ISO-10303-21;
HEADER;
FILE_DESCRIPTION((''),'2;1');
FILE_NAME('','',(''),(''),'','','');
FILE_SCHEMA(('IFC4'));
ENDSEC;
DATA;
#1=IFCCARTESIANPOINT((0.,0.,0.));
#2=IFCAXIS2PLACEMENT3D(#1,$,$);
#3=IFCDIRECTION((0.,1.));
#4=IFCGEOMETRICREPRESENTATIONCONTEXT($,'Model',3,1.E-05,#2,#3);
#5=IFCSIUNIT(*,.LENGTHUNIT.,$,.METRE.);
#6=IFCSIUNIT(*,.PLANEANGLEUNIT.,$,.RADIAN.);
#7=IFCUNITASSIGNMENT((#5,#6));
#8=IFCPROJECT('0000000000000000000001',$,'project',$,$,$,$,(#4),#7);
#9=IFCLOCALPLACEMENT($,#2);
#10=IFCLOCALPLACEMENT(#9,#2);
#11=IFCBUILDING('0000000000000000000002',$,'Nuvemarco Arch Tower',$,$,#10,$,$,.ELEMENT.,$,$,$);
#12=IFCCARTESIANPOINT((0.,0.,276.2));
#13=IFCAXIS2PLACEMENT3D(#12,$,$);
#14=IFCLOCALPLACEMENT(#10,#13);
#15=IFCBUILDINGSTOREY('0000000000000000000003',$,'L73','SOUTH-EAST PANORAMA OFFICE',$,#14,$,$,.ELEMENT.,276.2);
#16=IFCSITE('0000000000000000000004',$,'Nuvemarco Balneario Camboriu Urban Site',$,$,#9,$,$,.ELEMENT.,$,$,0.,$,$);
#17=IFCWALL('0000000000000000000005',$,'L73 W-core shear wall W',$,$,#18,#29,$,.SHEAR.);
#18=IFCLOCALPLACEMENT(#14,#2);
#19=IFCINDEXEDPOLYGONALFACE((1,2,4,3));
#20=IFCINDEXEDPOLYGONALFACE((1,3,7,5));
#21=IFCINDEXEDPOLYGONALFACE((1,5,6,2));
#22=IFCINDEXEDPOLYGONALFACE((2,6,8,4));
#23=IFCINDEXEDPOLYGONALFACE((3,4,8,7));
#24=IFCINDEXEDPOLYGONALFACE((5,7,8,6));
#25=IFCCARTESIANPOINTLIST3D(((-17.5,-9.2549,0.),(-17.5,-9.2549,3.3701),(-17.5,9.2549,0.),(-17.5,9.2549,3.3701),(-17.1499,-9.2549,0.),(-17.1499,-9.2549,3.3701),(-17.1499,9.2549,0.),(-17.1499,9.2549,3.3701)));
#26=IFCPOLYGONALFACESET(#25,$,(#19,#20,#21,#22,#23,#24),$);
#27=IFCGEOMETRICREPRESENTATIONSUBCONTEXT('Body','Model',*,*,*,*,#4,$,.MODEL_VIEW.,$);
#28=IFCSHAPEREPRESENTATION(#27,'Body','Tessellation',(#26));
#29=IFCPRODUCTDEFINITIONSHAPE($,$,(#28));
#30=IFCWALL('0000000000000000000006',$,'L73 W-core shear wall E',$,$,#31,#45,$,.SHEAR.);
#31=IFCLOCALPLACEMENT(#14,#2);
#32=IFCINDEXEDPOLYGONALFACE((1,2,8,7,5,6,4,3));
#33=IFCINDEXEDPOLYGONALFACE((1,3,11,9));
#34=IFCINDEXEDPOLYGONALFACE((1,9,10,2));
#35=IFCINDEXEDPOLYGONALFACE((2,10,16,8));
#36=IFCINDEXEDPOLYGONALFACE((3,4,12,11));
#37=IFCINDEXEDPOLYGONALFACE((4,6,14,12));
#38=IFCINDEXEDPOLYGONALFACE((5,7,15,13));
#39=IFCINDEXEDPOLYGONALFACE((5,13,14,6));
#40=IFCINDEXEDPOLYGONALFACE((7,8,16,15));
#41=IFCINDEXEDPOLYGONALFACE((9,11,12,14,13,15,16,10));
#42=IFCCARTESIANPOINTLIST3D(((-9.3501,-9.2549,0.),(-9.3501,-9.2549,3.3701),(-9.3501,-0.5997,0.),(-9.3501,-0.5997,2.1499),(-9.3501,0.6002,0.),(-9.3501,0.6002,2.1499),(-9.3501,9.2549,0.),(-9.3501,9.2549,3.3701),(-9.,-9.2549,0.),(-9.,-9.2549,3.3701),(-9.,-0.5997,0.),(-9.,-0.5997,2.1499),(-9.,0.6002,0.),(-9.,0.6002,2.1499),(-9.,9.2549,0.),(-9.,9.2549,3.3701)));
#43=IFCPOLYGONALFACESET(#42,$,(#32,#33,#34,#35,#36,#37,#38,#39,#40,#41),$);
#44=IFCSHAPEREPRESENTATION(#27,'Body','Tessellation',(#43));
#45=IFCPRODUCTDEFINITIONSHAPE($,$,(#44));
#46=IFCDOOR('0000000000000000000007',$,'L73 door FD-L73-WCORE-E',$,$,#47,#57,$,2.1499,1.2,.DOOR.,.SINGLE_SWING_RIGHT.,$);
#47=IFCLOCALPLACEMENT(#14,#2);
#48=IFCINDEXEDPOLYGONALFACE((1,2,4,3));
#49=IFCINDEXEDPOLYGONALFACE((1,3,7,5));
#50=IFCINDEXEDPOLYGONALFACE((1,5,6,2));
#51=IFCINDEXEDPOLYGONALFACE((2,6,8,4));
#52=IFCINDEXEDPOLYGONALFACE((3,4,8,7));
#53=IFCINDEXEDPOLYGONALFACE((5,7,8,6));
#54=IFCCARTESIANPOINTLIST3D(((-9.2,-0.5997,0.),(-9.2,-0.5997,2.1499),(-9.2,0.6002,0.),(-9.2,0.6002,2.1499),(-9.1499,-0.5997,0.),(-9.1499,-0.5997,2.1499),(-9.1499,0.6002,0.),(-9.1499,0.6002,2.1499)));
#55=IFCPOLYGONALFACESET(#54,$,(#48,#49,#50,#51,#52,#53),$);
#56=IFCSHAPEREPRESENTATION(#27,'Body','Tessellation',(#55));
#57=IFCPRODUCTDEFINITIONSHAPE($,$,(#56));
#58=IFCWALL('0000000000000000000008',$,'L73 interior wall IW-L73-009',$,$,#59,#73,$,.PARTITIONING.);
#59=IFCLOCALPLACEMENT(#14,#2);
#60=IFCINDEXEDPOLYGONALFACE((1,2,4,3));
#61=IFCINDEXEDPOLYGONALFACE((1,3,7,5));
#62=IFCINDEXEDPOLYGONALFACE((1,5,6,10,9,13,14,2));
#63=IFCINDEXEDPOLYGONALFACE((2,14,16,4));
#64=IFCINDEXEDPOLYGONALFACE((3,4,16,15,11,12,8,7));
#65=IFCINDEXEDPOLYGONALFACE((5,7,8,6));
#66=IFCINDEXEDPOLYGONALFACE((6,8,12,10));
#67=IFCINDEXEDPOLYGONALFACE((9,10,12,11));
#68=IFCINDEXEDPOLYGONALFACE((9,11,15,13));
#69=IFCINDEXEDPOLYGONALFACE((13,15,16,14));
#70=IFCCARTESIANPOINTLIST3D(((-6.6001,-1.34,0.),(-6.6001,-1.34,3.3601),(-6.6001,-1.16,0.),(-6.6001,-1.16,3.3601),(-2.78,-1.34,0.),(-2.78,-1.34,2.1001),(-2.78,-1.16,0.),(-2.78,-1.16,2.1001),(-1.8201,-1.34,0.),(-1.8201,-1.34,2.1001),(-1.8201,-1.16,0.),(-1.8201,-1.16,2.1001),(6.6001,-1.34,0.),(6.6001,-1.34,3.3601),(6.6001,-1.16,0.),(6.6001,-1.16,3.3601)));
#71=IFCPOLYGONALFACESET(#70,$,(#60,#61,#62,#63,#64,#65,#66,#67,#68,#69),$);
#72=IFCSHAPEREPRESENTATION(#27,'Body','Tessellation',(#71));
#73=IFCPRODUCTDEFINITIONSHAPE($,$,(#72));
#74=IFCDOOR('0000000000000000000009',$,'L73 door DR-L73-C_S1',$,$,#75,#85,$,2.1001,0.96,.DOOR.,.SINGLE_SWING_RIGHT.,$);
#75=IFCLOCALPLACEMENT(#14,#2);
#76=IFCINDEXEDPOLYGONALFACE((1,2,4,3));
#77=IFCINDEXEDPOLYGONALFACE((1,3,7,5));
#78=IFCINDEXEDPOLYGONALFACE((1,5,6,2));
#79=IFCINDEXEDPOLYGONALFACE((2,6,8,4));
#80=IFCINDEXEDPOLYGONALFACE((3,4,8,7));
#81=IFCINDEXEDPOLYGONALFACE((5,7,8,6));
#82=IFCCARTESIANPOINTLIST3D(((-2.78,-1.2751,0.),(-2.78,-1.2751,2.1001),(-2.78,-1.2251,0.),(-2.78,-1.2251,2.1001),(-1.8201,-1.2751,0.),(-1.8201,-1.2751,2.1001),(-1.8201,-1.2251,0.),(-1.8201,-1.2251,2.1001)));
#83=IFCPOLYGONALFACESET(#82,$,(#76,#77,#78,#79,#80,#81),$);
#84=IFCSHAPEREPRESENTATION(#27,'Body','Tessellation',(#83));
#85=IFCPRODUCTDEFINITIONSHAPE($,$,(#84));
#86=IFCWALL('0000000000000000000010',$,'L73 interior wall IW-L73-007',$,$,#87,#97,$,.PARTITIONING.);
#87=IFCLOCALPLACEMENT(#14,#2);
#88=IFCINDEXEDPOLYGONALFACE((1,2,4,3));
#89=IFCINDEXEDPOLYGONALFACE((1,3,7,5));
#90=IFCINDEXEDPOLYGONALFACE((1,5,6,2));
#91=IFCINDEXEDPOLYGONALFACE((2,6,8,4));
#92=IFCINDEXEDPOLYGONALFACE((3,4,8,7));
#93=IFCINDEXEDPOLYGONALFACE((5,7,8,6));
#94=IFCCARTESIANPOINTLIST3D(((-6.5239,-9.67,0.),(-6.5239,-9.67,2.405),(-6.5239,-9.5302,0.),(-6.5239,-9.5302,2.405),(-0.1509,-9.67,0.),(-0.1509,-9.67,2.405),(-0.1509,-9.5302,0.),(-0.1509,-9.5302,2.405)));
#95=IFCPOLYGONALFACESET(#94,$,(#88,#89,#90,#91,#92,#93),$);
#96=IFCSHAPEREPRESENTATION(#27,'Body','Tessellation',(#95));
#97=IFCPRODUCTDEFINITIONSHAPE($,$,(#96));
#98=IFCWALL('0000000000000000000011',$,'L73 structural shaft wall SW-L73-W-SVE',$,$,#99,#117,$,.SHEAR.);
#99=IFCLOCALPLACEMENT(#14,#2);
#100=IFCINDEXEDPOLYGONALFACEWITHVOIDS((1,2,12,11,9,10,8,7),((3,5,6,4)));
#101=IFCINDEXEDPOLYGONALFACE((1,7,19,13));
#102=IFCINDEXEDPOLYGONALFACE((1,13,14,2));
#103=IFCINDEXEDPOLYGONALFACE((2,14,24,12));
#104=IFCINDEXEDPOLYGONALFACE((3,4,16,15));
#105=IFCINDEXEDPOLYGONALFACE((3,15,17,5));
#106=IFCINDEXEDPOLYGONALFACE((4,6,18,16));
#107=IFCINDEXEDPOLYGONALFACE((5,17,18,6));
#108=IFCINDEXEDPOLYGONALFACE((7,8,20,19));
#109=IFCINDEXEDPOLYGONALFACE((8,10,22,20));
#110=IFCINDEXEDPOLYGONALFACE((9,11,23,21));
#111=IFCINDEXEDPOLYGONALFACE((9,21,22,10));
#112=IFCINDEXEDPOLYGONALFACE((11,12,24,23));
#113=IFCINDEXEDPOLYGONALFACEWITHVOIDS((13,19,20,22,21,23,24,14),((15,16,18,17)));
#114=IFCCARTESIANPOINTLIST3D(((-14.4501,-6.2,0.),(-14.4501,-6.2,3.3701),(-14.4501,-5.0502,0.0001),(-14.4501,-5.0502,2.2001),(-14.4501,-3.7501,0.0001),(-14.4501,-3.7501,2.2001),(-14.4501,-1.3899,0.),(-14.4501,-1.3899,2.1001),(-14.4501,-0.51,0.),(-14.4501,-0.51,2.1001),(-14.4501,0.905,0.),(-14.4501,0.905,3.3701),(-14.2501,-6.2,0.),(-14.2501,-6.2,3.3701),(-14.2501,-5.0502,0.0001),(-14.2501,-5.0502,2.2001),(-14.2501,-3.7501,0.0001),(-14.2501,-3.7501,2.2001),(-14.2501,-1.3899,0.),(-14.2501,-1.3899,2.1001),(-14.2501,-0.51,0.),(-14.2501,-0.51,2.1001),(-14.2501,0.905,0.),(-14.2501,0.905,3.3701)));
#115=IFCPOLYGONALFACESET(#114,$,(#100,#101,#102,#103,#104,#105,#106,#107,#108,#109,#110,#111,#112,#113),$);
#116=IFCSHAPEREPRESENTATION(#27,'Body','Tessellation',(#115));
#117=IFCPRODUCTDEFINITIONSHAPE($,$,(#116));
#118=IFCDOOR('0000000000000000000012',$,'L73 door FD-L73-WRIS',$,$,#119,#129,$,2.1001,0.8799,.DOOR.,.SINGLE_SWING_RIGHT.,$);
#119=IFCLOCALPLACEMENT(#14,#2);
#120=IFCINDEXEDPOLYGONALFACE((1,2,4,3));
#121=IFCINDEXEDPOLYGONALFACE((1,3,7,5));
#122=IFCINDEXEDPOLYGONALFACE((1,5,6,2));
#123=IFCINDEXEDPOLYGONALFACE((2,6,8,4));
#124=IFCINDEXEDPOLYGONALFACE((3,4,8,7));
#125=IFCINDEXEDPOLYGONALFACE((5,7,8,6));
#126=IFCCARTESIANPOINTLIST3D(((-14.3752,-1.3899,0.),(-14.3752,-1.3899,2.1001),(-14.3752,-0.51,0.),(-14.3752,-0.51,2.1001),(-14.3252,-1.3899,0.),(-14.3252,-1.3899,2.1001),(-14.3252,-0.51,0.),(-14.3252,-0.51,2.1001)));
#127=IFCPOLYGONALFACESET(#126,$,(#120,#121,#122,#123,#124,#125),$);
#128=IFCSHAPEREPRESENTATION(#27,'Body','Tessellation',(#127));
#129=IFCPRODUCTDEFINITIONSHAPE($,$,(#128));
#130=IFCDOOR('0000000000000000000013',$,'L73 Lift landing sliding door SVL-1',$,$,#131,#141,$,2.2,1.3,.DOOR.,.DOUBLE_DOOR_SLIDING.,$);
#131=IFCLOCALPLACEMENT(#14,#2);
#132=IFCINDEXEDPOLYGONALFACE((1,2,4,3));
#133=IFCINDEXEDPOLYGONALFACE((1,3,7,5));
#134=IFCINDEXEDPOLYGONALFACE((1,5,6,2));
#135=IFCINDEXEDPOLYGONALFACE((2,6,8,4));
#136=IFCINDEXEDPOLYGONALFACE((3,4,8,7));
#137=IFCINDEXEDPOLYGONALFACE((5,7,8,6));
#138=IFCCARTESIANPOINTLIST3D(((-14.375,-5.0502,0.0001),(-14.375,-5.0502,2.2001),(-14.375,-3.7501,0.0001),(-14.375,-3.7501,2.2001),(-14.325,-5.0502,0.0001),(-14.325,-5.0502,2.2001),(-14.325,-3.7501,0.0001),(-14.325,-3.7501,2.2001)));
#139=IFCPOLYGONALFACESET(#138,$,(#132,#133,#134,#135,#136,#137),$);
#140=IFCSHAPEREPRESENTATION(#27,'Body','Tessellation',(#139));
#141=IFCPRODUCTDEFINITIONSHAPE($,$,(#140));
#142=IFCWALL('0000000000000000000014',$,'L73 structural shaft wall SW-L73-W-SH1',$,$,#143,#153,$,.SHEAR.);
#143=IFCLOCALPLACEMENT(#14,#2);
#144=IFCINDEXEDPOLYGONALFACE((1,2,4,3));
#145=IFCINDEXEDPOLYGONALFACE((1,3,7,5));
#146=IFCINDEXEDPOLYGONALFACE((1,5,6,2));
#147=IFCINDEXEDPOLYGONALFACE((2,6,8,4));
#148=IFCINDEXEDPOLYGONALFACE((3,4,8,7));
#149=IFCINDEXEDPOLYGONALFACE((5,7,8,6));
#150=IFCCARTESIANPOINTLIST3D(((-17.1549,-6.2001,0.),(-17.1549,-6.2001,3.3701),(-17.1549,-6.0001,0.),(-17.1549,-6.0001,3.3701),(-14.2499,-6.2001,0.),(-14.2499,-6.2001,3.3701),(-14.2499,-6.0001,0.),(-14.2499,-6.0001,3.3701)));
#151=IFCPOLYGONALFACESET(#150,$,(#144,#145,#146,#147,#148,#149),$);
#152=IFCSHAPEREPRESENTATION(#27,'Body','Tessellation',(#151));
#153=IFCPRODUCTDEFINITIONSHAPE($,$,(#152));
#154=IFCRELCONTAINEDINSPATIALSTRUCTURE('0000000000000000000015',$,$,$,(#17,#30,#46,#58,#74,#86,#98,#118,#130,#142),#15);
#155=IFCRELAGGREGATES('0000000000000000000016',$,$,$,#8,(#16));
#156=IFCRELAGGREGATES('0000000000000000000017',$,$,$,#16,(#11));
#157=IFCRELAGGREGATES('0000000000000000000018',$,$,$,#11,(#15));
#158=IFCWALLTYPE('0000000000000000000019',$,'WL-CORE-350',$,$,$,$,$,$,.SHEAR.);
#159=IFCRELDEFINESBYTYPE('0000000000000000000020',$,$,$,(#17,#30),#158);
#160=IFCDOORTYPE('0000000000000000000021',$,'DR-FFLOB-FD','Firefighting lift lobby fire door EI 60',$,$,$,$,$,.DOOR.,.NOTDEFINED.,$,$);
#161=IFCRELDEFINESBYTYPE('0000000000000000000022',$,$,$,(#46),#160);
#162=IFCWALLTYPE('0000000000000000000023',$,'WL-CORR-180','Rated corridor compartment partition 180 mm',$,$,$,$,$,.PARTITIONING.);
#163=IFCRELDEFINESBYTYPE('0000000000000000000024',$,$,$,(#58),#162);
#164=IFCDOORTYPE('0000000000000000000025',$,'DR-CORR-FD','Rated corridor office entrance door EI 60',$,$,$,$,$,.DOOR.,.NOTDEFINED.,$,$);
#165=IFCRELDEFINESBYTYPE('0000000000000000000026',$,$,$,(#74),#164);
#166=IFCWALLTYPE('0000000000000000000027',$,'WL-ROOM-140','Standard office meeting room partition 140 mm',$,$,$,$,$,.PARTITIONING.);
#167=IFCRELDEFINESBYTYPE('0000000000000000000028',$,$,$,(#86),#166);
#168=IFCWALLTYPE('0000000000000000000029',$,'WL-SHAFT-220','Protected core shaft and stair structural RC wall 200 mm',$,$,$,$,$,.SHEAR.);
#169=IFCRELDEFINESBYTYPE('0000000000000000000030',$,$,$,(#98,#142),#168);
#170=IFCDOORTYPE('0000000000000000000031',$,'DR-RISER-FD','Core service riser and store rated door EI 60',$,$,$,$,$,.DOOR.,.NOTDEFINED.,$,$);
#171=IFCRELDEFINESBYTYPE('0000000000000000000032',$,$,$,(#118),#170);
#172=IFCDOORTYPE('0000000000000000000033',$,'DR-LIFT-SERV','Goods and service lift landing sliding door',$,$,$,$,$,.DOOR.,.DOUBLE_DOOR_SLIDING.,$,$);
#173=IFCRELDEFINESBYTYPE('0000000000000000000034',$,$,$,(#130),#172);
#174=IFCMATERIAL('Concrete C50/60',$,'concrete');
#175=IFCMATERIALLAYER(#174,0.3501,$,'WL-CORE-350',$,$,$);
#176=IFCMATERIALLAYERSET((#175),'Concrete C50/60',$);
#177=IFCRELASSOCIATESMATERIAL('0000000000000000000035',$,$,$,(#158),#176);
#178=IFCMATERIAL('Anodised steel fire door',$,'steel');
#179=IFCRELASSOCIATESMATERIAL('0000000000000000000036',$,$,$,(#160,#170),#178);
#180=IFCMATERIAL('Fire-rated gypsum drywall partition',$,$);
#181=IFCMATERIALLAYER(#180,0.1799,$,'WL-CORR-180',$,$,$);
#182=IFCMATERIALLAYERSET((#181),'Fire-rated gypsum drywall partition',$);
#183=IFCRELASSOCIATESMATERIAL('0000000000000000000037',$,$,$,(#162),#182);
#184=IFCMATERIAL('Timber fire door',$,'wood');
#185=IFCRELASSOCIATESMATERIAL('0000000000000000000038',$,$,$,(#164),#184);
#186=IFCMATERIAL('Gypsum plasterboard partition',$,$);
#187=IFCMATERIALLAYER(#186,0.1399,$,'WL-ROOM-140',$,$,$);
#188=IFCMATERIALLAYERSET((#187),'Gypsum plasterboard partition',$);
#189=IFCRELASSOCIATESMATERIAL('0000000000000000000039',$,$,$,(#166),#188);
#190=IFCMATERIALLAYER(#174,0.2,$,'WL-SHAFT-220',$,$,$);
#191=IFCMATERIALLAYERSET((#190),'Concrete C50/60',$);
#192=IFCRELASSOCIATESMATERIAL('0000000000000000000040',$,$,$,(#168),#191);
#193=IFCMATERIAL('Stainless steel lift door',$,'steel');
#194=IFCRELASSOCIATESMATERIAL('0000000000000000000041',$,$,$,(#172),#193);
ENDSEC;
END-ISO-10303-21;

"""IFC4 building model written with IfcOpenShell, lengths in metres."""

from ifc_helpers import new_model, si_unit, direction, frame, frame_2d, origin, place, context, subcontext, project, spatial, rectangle, extrude, source, transform, mapped, material, layer, layer_set, type_object, type_shapes, element, fill, save


model = new_model("IFC4")

# Units and contexts
model_context = context("Model", 3, precision=1e-05, world=origin(), true_north=direction((0.0, 1.0)))
body_context = subcontext(model_context, "Body", "Model", "MODEL_VIEW")
ifc_project = project(units=[si_unit("LENGTHUNIT", "METRE"), si_unit("PLANEANGLEUNIT", "RADIAN")], contexts=[model_context])

# Site, building, storey
site_placement = place(None, origin())
site = spatial("IfcSite", under=ifc_project, at=site_placement, Name="Nuvemarco Balneario Camboriu Urban Site", CompositionType="ELEMENT", RefElevation=0.0)
building_placement = place(site_placement, origin())
building = spatial("IfcBuilding", under=site, at=building_placement, Name="Nuvemarco Arch Tower", CompositionType="ELEMENT")
storey_placement = place(building_placement, frame((0.0, 0.0, 276.2)))
storey = spatial("IfcBuildingStorey", under=building, at=storey_placement, Name="L73", Description="SOUTH-EAST PANORAMA OFFICE", CompositionType="ELEMENT", Elevation=276.2)

# Shared definitions
ifc_material_1 = material(Name="Concrete C50/60", Category="concrete")

# Wall
ifc_layer_1 = layer(ifc_material_1, 0.3501, Name="WL-CORE-350")
ifc_layer_set_1 = layer_set([ifc_layer_1], Name="Concrete C50/60")
wall_type_1 = type_object("IfcWallType", Name="WL-CORE-350", PredefinedType="SHEAR", material=ifc_layer_set_1)
wall_1_placement = place(storey_placement, frame((-17.325, -9.2549, 0.0), z_axis=(0.0, 0.0, 1.0), x_axis=(0.0, 1.0, 0.0)))
element("IfcWall", 1, at=wall_1_placement, inside=storey, type_object=wall_type_1, Name="L73 W-core shear wall W", PredefinedType="SHEAR", context=body_context, shape_type="SweptSolid", body=[
    extrude(rectangle(XDim=18.5098, YDim=0.3501, at=frame_2d((9.2549, 0.0))), origin(), (0.0, 0.0, 1.0), 3.3701),
])

# Walls, openings, doors
wall_2_placement = place(storey_placement, frame((-9.175, -9.2549, 0.0), z_axis=(0.0, 0.0, 1.0), x_axis=(0.0, 1.0, 0.0)))
wall_2 = element("IfcWall", 2, at=wall_2_placement, inside=storey, type_object=wall_type_1, Name="L73 W-core shear wall E", PredefinedType="SHEAR", context=body_context, shape_type="SweptSolid", body=[
    extrude(rectangle(XDim=18.5098, YDim=0.3501, at=frame_2d((9.2549, 0.0))), origin(), (0.0, 0.0, 1.0), 3.3701),
])
opening_1_placement = place(wall_2_placement, frame((8.655, 0.0, 0.0)))
opening_1 = element("IfcOpeningElement", 3, at=opening_1_placement, cuts=wall_2, PredefinedType="OPENING", context=body_context, shape_type="SweptSolid", body=[
    extrude(rectangle(XDim=1.2, YDim=2.1499, at=frame_2d((0.6001, 1.075))), frame((0.0, 0.1851, 0.0), z_axis=(0.0, -1.0, 0.0), x_axis=(1.0, 0.0, 0.0)), (0.0, 0.0, 1.0), 0.3701),
])
ifc_material_2 = material(Name="Anodised steel fire door", Category="steel")
door_type_1 = type_object("IfcDoorType", Name="DR-FFLOB-FD", Description="Firefighting lift lobby fire door EI 60", OperationType="NOTDEFINED", PredefinedType="DOOR", material=ifc_material_2)
shared_shape_1 = source(origin(), body_context, "Body", "SweptSolid", [
    extrude(rectangle(XDim=1.2, YDim=2.1499, at=frame_2d((0.6001, 1.075))), frame((0.0, 0.0249, 0.0), z_axis=(0.0, -1.0, 0.0), x_axis=(1.0, 0.0, 0.0)), (0.0, 0.0, 1.0), 0.05),
])
type_shapes(door_type_1, [shared_shape_1])
door_1_placement = place(opening_1_placement, origin())
door_1 = element("IfcDoor", 4, at=door_1_placement, inside=storey, type_object=door_type_1, Name="L73 door FD-L73-WCORE-E", OperationType="SINGLE_SWING_RIGHT", OverallHeight=2.1499, OverallWidth=1.2, PredefinedType="DOOR", context=body_context, shape_type="MappedRepresentation", body=[
    mapped(shared_shape_1, transform((0.0, 0.0, 0.0), scale=1.0)),
])
fill(opening_1, door_1)
ifc_material_3 = material(Name="Fire-rated gypsum drywall partition")
ifc_layer_2 = layer(ifc_material_3, 0.1799, Name="WL-CORR-180")
ifc_layer_set_2 = layer_set([ifc_layer_2], Name="Fire-rated gypsum drywall partition")
wall_type_2 = type_object("IfcWallType", Name="WL-CORR-180", Description="Rated corridor compartment partition 180 mm", PredefinedType="PARTITIONING", material=ifc_layer_set_2)
wall_3_placement = place(storey_placement, frame((-6.6001, -1.25, 0.0), z_axis=(0.0, 0.0, 1.0), x_axis=(1.0, 0.0, 0.0)))
wall_3 = element("IfcWall", 5, at=wall_3_placement, inside=storey, type_object=wall_type_2, Name="L73 interior wall IW-L73-009", PredefinedType="PARTITIONING", context=body_context, shape_type="SweptSolid", body=[
    extrude(rectangle(XDim=13.2002, YDim=0.1799, at=frame_2d((6.6001, 0.0))), origin(), (0.0, 0.0, 1.0), 3.3601),
])
opening_2_placement = place(wall_3_placement, frame((3.8201, 0.0, 0.0)))
opening_2 = element("IfcOpeningElement", 6, at=opening_2_placement, cuts=wall_3, PredefinedType="OPENING", context=body_context, shape_type="SweptSolid", body=[
    extrude(rectangle(XDim=0.96, YDim=2.1001, at=frame_2d((0.48, 1.05))), frame((0.0, 0.0999, 0.0), z_axis=(0.0, -1.0, 0.0), x_axis=(1.0, 0.0, 0.0)), (0.0, 0.0, 1.0), 0.2),
])
ifc_material_4 = material(Name="Timber fire door", Category="wood")
door_type_2 = type_object("IfcDoorType", Name="DR-CORR-FD", Description="Rated corridor office entrance door EI 60", OperationType="NOTDEFINED", PredefinedType="DOOR", material=ifc_material_4)
shared_shape_2 = source(origin(), body_context, "Body", "SweptSolid", [
    extrude(rectangle(XDim=0.96, YDim=2.1001, at=frame_2d((0.48, 1.05))), frame((0.0, 0.0249, 0.0), z_axis=(0.0, -1.0, 0.0), x_axis=(1.0, 0.0, 0.0)), (0.0, 0.0, 1.0), 0.05),
])
type_shapes(door_type_2, [shared_shape_2])
door_2_placement = place(opening_2_placement, origin())
door_2 = element("IfcDoor", 7, at=door_2_placement, inside=storey, type_object=door_type_2, Name="L73 door DR-L73-C_S1", OperationType="SINGLE_SWING_RIGHT", OverallHeight=2.1001, OverallWidth=0.96, PredefinedType="DOOR", context=body_context, shape_type="MappedRepresentation", body=[
    mapped(shared_shape_2, transform((0.0, 0.0, 0.0), scale=1.0)),
])
fill(opening_2, door_2)

# Wall
ifc_material_5 = material(Name="Gypsum plasterboard partition")
ifc_layer_3 = layer(ifc_material_5, 0.1399, Name="WL-ROOM-140")
ifc_layer_set_3 = layer_set([ifc_layer_3], Name="Gypsum plasterboard partition")
wall_type_3 = type_object("IfcWallType", Name="WL-ROOM-140", Description="Standard office meeting room partition 140 mm", PredefinedType="PARTITIONING", material=ifc_layer_set_3)
wall_4_placement = place(storey_placement, frame((-6.5239, -9.6001, 0.0), z_axis=(0.0, 0.0, 1.0), x_axis=(1.0, 0.0, 0.0)))
element("IfcWall", 8, at=wall_4_placement, inside=storey, type_object=wall_type_3, Name="L73 interior wall IW-L73-007", PredefinedType="PARTITIONING", context=body_context, shape_type="SweptSolid", body=[
    extrude(rectangle(XDim=6.373, YDim=0.1399, at=frame_2d((3.1865, 0.0))), origin(), (0.0, 0.0, 1.0), 2.405),
])

# Shared definitions
ifc_layer_4 = layer(ifc_material_1, 0.2, Name="WL-SHAFT-220")
ifc_layer_set_4 = layer_set([ifc_layer_4], Name="Concrete C50/60")
wall_type_4 = type_object("IfcWallType", Name="WL-SHAFT-220", Description="Protected core shaft and stair structural RC wall 200 mm", PredefinedType="SHEAR", material=ifc_layer_set_4)
ifc_material_6 = material(Name="Stainless steel lift door", Category="steel")

# Wall, openings, doors
wall_5_placement = place(storey_placement, frame((-14.3501, -6.2, 0.0), z_axis=(0.0, 0.0, 1.0), x_axis=(0.0, 1.0, 0.0)))
wall_5 = element("IfcWall", 9, at=wall_5_placement, inside=storey, type_object=wall_type_4, Name="L73 structural shaft wall SW-L73-W-SVE", PredefinedType="SHEAR", context=body_context, shape_type="SweptSolid", body=[
    extrude(rectangle(XDim=7.105, YDim=0.2, at=frame_2d((3.5525, 0.0))), origin(), (0.0, 0.0, 1.0), 3.3701),
])
opening_3_placement = place(wall_5_placement, frame((5.6899, 0.0, 0.0), z_axis=(0.0, 0.0, 1.0), x_axis=(-1.0, 0.0, 0.0)))
opening_3 = element("IfcOpeningElement", 10, at=opening_3_placement, cuts=wall_5, PredefinedType="OPENING", context=body_context, shape_type="SweptSolid", body=[
    extrude(rectangle(XDim=0.8799, YDim=2.1001, at=frame_2d((0.4399, 1.05))), frame((0.0, 0.1099, 0.0), z_axis=(0.0, -1.0, 0.0), x_axis=(1.0, 0.0, 0.0)), (0.0, 0.0, 1.0), 0.22),
])
opening_4_placement = place(wall_5_placement, frame((1.1499, 0.0, 0.0)))
opening_4 = element("IfcOpeningElement", 11, at=opening_4_placement, cuts=wall_5, PredefinedType="OPENING", context=body_context, shape_type="SweptSolid", body=[
    extrude(rectangle(XDim=1.3, YDim=2.2, at=frame_2d((0.6499, 1.1001))), frame((0.0, 0.1099, 0.0), z_axis=(0.0, -1.0, 0.0), x_axis=(1.0, 0.0, 0.0)), (0.0, 0.0, 1.0), 0.22),
])
door_type_3 = type_object("IfcDoorType", Name="DR-RISER-FD", Description="Core service riser and store rated door EI 60", OperationType="NOTDEFINED", PredefinedType="DOOR", material=ifc_material_2)
shared_shape_3 = source(origin(), body_context, "Body", "SweptSolid", [
    extrude(rectangle(XDim=0.8799, YDim=2.1001, at=frame_2d((0.4399, 1.05))), frame((0.0, 0.0249, 0.0), z_axis=(0.0, -1.0, 0.0), x_axis=(1.0, 0.0, 0.0)), (0.0, 0.0, 1.0), 0.05),
])
type_shapes(door_type_3, [shared_shape_3])
door_3_placement = place(opening_3_placement, origin())
door_3 = element("IfcDoor", 12, at=door_3_placement, inside=storey, type_object=door_type_3, Name="L73 door FD-L73-WRIS", OperationType="SINGLE_SWING_RIGHT", OverallHeight=2.1001, OverallWidth=0.8799, PredefinedType="DOOR", context=body_context, shape_type="MappedRepresentation", body=[
    mapped(shared_shape_3, transform((0.0, 0.0, 0.0), scale=1.0)),
])
fill(opening_3, door_3)
door_type_4 = type_object("IfcDoorType", Name="DR-LIFT-SERV", Description="Goods and service lift landing sliding door", OperationType="DOUBLE_DOOR_SLIDING", PredefinedType="DOOR", material=ifc_material_6)
shared_shape_4 = source(origin(), body_context, "Body", "SweptSolid", [
    extrude(rectangle(XDim=1.3, YDim=2.2, at=frame_2d((0.6499, 1.1001))), frame((0.0, 0.0249, 0.0), z_axis=(0.0, -1.0, 0.0), x_axis=(1.0, 0.0, 0.0)), (0.0, 0.0, 1.0), 0.05),
])
type_shapes(door_type_4, [shared_shape_4])
door_4_placement = place(opening_4_placement, origin())
door_4 = element("IfcDoor", 13, at=door_4_placement, inside=storey, type_object=door_type_4, Name="L73 Lift landing sliding door SVL-1", OperationType="DOUBLE_DOOR_SLIDING", OverallHeight=2.2, OverallWidth=1.3, PredefinedType="DOOR", context=body_context, shape_type="MappedRepresentation", body=[
    mapped(shared_shape_4, transform((0.0, 0.0, 0.0), scale=1.0)),
])
fill(opening_4, door_4)

# Wall
wall_6_placement = place(storey_placement, frame((-17.155, -6.1001, 0.0), z_axis=(0.0, 0.0, 1.0), x_axis=(1.0, 0.0, 0.0)))
element("IfcWall", 14, at=wall_6_placement, inside=storey, type_object=wall_type_4, Name="L73 structural shaft wall SW-L73-W-SH1", PredefinedType="SHEAR", context=body_context, shape_type="SweptSolid", body=[
    extrude(rectangle(XDim=2.905, YDim=0.2, at=frame_2d((1.4526, 0.0))), origin(), (0.0, 0.0, 1.0), 3.3701),
])

save(model, "model.ifc")
